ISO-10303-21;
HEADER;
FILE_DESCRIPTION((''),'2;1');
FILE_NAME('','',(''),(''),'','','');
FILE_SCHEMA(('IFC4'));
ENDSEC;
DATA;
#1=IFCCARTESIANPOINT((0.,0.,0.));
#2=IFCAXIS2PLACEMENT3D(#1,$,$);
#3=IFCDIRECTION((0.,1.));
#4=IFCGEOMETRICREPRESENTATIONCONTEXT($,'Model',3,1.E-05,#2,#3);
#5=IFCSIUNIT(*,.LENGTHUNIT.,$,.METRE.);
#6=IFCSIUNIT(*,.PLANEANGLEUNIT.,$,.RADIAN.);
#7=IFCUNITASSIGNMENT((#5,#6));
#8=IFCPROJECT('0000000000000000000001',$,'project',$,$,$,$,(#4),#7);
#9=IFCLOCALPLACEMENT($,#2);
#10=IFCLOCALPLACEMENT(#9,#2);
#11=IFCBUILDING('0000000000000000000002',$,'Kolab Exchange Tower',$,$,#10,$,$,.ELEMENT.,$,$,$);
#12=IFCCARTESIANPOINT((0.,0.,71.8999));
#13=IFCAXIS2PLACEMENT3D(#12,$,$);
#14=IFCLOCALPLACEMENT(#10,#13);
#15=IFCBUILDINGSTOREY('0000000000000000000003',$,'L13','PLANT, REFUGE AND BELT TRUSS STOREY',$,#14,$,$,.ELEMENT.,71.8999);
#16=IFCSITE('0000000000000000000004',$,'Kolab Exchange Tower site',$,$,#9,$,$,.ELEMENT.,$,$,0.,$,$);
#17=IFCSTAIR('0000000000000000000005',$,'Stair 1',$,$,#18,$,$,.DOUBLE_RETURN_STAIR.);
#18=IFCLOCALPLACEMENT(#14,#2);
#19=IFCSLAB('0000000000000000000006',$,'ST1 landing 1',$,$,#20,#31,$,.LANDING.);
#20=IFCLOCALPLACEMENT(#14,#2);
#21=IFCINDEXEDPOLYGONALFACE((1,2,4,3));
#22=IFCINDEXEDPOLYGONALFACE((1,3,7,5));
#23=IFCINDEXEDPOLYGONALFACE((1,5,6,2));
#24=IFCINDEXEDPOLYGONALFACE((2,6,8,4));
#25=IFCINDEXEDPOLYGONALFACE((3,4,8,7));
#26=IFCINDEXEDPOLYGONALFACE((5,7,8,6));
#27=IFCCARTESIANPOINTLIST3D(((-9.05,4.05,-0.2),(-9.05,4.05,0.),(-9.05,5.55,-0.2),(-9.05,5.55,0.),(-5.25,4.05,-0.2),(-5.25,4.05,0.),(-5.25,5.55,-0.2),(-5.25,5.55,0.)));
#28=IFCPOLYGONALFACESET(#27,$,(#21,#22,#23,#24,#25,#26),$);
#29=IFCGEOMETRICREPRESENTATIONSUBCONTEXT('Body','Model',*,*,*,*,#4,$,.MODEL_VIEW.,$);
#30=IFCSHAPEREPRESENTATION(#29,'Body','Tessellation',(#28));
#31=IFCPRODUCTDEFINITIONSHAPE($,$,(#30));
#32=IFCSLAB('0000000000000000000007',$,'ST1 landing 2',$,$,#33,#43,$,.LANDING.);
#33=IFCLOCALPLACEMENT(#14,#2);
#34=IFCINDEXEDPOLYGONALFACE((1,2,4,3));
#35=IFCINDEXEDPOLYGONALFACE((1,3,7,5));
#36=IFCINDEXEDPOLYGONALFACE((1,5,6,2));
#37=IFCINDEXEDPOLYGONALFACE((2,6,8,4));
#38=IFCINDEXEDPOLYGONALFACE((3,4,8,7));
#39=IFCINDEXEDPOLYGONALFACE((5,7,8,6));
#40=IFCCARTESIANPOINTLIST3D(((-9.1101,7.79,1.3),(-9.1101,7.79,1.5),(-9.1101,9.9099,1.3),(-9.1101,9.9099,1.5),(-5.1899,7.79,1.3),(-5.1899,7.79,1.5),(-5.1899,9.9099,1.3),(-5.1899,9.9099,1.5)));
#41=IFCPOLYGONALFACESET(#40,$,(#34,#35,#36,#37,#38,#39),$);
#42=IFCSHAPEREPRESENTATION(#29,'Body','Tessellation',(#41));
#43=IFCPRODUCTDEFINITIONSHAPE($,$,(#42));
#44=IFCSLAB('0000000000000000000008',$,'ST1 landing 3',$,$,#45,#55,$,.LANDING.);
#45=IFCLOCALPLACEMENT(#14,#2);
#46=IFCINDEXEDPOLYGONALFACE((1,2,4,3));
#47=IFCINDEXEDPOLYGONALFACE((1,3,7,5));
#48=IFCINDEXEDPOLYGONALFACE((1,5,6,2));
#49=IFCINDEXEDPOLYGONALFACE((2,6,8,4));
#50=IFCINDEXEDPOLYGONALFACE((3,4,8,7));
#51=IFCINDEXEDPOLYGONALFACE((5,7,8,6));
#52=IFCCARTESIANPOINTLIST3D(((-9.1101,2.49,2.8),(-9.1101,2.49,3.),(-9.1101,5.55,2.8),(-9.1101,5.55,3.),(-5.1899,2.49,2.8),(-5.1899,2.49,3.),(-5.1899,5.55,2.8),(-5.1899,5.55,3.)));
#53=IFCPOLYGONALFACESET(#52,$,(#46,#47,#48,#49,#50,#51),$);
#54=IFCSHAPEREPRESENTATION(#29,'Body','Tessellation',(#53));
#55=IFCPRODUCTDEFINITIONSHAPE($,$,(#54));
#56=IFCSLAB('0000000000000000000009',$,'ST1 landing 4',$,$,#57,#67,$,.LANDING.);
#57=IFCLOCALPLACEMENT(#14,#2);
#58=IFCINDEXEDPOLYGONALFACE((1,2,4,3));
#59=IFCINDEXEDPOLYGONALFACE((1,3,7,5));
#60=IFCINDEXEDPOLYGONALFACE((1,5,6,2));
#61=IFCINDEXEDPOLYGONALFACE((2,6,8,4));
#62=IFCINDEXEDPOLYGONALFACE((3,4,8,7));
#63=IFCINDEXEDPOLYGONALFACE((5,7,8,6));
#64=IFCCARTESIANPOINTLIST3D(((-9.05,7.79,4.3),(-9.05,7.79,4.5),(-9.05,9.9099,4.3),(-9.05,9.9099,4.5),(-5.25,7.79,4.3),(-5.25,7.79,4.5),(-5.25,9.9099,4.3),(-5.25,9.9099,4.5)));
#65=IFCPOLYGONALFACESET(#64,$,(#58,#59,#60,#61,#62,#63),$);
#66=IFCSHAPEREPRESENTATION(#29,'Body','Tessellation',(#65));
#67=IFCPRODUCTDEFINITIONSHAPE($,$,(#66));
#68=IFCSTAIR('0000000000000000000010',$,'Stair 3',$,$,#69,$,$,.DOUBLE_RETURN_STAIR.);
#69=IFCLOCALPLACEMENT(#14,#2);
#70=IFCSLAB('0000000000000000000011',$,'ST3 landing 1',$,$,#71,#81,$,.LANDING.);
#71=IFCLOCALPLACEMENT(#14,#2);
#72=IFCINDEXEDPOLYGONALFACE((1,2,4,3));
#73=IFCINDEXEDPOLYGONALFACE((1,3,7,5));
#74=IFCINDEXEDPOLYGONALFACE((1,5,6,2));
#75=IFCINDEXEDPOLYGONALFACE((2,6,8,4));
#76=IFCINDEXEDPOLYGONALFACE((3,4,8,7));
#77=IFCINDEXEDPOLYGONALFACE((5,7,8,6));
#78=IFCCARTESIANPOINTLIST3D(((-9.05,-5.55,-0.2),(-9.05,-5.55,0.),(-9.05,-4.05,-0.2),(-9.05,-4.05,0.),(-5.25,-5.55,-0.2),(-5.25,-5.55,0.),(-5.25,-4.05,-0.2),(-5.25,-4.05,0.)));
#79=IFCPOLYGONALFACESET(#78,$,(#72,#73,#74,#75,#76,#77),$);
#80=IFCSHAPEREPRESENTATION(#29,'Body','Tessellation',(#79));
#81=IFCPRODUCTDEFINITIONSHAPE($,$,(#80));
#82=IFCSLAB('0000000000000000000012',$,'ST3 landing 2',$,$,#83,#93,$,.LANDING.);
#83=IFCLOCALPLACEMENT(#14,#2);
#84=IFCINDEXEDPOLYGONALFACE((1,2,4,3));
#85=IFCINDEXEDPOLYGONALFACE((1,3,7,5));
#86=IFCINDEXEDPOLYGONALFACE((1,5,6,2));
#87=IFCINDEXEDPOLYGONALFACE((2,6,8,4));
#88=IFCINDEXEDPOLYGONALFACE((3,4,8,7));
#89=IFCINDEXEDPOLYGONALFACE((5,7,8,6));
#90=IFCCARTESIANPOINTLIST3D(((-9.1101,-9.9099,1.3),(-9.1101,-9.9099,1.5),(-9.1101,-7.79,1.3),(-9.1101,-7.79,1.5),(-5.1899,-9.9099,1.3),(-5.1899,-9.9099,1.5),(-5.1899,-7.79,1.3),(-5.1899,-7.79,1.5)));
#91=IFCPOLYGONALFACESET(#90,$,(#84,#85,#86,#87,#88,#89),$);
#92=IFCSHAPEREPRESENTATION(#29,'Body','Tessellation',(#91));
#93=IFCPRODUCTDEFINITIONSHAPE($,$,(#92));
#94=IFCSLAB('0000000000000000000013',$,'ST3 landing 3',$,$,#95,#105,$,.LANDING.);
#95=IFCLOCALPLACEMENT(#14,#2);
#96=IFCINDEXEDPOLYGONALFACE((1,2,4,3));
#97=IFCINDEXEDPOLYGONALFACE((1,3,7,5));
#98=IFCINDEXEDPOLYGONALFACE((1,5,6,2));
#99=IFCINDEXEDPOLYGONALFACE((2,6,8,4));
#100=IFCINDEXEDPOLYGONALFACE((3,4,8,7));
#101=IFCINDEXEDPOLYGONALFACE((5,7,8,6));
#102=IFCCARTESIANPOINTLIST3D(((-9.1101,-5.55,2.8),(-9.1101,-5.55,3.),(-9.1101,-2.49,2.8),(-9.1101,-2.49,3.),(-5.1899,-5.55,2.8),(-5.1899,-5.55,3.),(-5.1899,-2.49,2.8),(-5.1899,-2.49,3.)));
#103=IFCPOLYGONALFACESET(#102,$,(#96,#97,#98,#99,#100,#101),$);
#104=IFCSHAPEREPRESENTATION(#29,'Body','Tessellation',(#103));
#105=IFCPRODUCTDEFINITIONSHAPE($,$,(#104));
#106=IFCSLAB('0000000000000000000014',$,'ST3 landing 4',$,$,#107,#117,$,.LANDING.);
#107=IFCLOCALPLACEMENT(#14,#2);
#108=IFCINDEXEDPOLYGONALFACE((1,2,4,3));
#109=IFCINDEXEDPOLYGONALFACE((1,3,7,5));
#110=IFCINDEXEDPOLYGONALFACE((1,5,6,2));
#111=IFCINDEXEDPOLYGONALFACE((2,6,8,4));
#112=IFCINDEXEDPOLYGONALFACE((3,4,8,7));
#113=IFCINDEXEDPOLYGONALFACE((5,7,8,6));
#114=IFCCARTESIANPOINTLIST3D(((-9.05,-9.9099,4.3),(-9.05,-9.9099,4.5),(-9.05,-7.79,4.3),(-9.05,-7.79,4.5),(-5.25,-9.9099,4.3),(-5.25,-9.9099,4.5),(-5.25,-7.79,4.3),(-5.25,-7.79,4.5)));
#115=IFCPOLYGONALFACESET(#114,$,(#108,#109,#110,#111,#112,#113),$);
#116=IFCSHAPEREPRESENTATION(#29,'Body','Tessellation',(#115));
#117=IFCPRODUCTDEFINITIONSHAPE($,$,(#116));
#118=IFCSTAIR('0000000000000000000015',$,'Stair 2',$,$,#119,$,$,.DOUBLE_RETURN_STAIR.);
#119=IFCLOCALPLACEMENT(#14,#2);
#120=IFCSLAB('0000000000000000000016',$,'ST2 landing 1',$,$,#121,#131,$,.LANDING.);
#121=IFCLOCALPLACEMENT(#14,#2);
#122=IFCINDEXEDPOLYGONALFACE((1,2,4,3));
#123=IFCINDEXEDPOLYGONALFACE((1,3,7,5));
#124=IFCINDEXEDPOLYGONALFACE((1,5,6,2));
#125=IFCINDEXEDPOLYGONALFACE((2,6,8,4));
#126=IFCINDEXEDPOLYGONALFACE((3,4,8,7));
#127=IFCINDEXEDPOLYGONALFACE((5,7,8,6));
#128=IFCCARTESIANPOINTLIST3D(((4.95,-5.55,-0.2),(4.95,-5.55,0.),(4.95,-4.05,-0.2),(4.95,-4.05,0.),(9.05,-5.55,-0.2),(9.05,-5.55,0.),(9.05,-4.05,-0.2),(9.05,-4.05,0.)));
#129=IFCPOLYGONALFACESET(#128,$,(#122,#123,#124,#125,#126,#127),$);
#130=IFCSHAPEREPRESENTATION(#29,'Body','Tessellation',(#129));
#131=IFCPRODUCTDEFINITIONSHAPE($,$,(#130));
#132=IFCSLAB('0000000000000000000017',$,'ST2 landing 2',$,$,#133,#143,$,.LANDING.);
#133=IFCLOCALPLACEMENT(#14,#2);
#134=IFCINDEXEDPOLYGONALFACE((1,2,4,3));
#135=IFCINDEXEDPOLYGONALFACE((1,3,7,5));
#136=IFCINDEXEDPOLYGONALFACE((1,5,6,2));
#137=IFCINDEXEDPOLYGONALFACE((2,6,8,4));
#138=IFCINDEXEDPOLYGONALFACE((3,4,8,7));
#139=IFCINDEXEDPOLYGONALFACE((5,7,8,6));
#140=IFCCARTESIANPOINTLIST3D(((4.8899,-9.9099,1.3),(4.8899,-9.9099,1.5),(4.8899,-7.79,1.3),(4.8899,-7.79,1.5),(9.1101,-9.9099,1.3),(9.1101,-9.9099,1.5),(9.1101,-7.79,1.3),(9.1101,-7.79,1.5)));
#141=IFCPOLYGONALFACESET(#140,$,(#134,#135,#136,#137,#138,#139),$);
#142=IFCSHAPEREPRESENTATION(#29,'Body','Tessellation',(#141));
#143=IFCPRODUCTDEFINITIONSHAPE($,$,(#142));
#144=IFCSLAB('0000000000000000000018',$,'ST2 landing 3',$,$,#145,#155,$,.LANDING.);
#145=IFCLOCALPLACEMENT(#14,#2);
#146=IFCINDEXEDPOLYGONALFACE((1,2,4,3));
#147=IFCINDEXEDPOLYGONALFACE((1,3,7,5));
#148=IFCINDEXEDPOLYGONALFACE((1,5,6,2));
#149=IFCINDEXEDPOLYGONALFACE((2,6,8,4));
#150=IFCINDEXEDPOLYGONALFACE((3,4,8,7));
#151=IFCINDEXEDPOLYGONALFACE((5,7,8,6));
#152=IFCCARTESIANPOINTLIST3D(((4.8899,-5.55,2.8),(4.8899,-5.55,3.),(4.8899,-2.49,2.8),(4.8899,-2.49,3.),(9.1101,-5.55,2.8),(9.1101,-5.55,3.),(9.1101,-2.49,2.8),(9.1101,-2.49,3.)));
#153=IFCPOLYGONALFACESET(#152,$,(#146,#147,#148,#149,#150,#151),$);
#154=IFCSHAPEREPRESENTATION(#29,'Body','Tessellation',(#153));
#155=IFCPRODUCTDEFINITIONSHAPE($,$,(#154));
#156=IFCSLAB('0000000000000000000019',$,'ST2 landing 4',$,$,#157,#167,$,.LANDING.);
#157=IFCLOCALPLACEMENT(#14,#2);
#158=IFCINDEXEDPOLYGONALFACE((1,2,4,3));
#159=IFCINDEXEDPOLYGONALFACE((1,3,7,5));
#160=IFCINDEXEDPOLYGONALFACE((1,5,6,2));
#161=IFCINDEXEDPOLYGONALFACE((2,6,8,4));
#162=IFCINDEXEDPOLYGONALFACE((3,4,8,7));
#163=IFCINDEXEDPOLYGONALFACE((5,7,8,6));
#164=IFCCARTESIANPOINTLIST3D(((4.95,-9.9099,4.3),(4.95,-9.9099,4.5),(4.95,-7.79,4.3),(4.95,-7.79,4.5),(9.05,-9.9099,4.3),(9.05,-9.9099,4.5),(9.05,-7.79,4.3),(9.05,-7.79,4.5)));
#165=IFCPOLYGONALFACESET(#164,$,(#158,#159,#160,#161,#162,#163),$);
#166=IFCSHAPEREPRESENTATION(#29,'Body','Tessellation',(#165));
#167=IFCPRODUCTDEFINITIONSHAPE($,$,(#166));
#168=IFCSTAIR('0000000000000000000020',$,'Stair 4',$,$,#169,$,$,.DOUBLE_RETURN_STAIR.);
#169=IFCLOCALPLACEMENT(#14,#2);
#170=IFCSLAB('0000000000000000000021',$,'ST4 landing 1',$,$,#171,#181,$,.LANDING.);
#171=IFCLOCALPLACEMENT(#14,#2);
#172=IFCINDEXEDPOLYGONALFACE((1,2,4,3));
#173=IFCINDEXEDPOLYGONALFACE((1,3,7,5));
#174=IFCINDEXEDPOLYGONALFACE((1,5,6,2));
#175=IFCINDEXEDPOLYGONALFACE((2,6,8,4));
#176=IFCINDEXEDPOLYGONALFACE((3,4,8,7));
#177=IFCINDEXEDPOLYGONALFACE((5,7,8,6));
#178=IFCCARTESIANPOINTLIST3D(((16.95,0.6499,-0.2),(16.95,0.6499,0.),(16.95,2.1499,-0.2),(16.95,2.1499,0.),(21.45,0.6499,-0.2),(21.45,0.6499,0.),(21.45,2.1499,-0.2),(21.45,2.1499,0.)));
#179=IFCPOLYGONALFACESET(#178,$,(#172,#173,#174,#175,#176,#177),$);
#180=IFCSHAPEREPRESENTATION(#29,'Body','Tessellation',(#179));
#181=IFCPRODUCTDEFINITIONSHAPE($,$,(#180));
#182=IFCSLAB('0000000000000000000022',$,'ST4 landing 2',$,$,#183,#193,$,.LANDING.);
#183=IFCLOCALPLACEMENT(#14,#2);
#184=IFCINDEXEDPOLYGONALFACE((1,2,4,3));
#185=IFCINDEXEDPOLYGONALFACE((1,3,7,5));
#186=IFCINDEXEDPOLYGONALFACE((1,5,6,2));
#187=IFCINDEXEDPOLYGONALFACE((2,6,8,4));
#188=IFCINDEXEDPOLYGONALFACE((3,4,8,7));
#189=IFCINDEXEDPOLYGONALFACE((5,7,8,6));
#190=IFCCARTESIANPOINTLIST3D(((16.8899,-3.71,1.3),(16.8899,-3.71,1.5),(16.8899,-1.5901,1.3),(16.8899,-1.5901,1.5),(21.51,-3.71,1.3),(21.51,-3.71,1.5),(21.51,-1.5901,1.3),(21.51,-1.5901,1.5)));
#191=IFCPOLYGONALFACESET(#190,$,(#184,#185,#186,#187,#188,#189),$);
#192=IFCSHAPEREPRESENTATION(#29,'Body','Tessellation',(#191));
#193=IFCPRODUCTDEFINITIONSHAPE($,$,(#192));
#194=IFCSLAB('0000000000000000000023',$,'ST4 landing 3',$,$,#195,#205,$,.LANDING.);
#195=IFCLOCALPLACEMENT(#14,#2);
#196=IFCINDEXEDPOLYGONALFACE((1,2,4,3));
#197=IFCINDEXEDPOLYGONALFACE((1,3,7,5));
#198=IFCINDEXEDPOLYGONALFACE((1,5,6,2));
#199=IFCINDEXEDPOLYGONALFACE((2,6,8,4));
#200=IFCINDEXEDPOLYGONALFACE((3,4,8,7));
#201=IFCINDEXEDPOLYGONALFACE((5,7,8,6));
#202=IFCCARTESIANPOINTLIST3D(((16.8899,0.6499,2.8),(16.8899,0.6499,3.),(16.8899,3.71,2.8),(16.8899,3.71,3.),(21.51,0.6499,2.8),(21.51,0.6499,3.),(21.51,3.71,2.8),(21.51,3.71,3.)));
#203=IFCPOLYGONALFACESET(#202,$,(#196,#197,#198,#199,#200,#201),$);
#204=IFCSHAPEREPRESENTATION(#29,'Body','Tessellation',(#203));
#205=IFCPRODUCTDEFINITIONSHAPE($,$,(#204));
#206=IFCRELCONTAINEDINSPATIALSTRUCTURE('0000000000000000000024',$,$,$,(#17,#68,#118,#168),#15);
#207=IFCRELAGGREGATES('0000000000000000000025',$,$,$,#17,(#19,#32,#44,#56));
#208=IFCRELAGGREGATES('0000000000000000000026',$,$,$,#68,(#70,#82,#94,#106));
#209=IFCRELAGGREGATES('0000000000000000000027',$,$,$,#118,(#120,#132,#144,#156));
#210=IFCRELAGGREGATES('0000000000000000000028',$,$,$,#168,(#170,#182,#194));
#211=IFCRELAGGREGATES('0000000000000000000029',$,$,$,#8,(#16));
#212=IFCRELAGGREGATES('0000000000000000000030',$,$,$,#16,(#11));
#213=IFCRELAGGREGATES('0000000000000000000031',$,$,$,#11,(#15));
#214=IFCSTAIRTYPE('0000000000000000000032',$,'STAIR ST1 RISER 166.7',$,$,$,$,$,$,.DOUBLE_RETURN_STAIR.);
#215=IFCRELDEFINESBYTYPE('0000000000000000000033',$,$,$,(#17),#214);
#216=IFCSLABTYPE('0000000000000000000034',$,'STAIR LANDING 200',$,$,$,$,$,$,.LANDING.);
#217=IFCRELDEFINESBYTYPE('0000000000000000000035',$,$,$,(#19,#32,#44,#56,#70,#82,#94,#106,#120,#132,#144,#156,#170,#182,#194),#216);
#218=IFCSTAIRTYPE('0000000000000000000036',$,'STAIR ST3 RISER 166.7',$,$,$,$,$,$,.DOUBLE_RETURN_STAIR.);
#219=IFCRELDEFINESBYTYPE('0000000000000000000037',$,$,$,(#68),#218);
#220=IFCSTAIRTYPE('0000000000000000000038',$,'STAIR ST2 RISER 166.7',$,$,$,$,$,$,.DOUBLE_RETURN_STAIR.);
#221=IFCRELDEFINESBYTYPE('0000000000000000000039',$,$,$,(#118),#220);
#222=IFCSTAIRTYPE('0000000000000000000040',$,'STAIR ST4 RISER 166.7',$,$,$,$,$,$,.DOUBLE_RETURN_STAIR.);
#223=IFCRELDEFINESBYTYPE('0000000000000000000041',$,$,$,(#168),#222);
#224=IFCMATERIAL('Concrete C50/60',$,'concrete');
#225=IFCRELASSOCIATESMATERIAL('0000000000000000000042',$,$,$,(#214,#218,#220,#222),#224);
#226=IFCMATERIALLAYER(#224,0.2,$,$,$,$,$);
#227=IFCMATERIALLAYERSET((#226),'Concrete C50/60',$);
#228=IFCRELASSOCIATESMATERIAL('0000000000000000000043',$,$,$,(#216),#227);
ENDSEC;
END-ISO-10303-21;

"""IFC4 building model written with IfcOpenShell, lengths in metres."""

from ifc_helpers import new_model, si_unit, direction, frame, origin, place, context, subcontext, project, spatial, polyline, outline, extrude, material, layer, layer_set, type_object, element, aggregate, save


model = new_model("IFC4")

# Units and contexts
model_context = context("Model", 3, precision=1e-05, world=origin(), true_north=direction((0.0, 1.0)))
body_context = subcontext(model_context, "Body", "Model", "MODEL_VIEW")
ifc_project = project(units=[si_unit("LENGTHUNIT", "METRE"), si_unit("PLANEANGLEUNIT", "RADIAN")], contexts=[model_context])

# Site, building, storey
site_placement = place(None, origin())
site = spatial("IfcSite", under=ifc_project, at=site_placement, Name="Kolab Exchange Tower site", CompositionType="ELEMENT", RefElevation=0.0)
building_placement = place(site_placement, origin())
building = spatial("IfcBuilding", under=site, at=building_placement, Name="Kolab Exchange Tower", CompositionType="ELEMENT")
storey_placement = place(building_placement, frame((0.0, 0.0, 71.8999)))
storey = spatial("IfcBuildingStorey", under=building, at=storey_placement, Name="L13", Description="PLANT, REFUGE AND BELT TRUSS STOREY", CompositionType="ELEMENT", Elevation=71.8999)

# Stairs, slabs
ifc_material_1 = material(Name="Concrete C50/60", Category="concrete")
stair_type_1 = type_object("IfcStairType", Name="STAIR ST1 RISER 166.7", PredefinedType="DOUBLE_RETURN_STAIR", material=ifc_material_1)
stair_1_placement = place(storey_placement, origin())
stair_1 = element("IfcStair", 1, at=stair_1_placement, inside=storey, type_object=stair_type_1, Name="Stair 1", PredefinedType="DOUBLE_RETURN_STAIR")
ifc_layer_1 = layer(ifc_material_1, 0.2)
ifc_layer_set_1 = layer_set([ifc_layer_1], Name="Concrete C50/60")
slab_type = type_object("IfcSlabType", Name="STAIR LANDING 200", PredefinedType="LANDING", material=ifc_layer_set_1)
slab_1_placement = place(storey_placement, frame((0.0, 0.0, -0.2)))
slab_1 = element("IfcSlab", 2, at=slab_1_placement, type_object=slab_type, Name="ST1 landing 1", PredefinedType="LANDING", context=body_context, shape_type="SweptSolid", body=[
    extrude(outline(polyline([(-9.05, 4.05), (-5.25, 4.05), (-5.25, 5.55), (-9.05, 5.55), (-9.05, 4.05)])), origin(), (0.0, 0.0, 1.0), 0.2),
])
slab_2_placement = place(storey_placement, frame((0.0, 0.0, 1.3)))
slab_2 = element("IfcSlab", 3, at=slab_2_placement, type_object=slab_type, Name="ST1 landing 2", PredefinedType="LANDING", context=body_context, shape_type="SweptSolid", body=[
    extrude(outline(polyline([(-9.1101, 7.79), (-5.1899, 7.79), (-5.1899, 9.9099), (-9.1101, 9.9099), (-9.1101, 7.79)])), origin(), (0.0, 0.0, 1.0), 0.2),
])
slab_3_placement = place(storey_placement, frame((0.0, 0.0, 2.8)))
slab_3 = element("IfcSlab", 4, at=slab_3_placement, type_object=slab_type, Name="ST1 landing 3", PredefinedType="LANDING", context=body_context, shape_type="SweptSolid", body=[
    extrude(outline(polyline([(-9.1101, 2.49), (-5.1899, 2.49), (-5.1899, 5.55), (-9.1101, 5.55), (-9.1101, 2.49)])), origin(), (0.0, 0.0, 1.0), 0.2),
])
slab_4_placement = place(storey_placement, frame((0.0, 0.0, 4.3)))
slab_4 = element("IfcSlab", 5, at=slab_4_placement, type_object=slab_type, Name="ST1 landing 4", PredefinedType="LANDING", context=body_context, shape_type="SweptSolid", body=[
    extrude(outline(polyline([(-9.05, 7.79), (-5.25, 7.79), (-5.25, 9.9099), (-9.05, 9.9099), (-9.05, 7.79)])), origin(), (0.0, 0.0, 1.0), 0.2),
])
aggregate(stair_1, [slab_1, slab_2, slab_3, slab_4])
stair_type_2 = type_object("IfcStairType", Name="STAIR ST3 RISER 166.7", PredefinedType="DOUBLE_RETURN_STAIR", material=ifc_material_1)
stair_2_placement = place(storey_placement, origin())
stair_2 = element("IfcStair", 6, at=stair_2_placement, inside=storey, type_object=stair_type_2, Name="Stair 3", PredefinedType="DOUBLE_RETURN_STAIR")
slab_5_placement = place(storey_placement, frame((0.0, 0.0, -0.2)))
slab_5 = element("IfcSlab", 7, at=slab_5_placement, type_object=slab_type, Name="ST3 landing 1", PredefinedType="LANDING", context=body_context, shape_type="SweptSolid", body=[
    extrude(outline(polyline([(-9.05, -5.55), (-5.25, -5.55), (-5.25, -4.05), (-9.05, -4.05), (-9.05, -5.55)])), origin(), (0.0, 0.0, 1.0), 0.2),
])
slab_6_placement = place(storey_placement, frame((0.0, 0.0, 1.3)))
slab_6 = element("IfcSlab", 8, at=slab_6_placement, type_object=slab_type, Name="ST3 landing 2", PredefinedType="LANDING", context=body_context, shape_type="SweptSolid", body=[
    extrude(outline(polyline([(-9.1101, -9.9099), (-5.1899, -9.9099), (-5.1899, -7.79), (-9.1101, -7.79), (-9.1101, -9.9099)])), origin(), (0.0, 0.0, 1.0), 0.2),
])
slab_7_placement = place(storey_placement, frame((0.0, 0.0, 2.8)))
slab_7 = element("IfcSlab", 9, at=slab_7_placement, type_object=slab_type, Name="ST3 landing 3", PredefinedType="LANDING", context=body_context, shape_type="SweptSolid", body=[
    extrude(outline(polyline([(-9.1101, -5.55), (-5.1899, -5.55), (-5.1899, -2.49), (-9.1101, -2.49), (-9.1101, -5.55)])), origin(), (0.0, 0.0, 1.0), 0.2),
])
slab_8_placement = place(storey_placement, frame((0.0, 0.0, 4.3)))
slab_8 = element("IfcSlab", 10, at=slab_8_placement, type_object=slab_type, Name="ST3 landing 4", PredefinedType="LANDING", context=body_context, shape_type="SweptSolid", body=[
    extrude(outline(polyline([(-9.05, -9.9099), (-5.25, -9.9099), (-5.25, -7.79), (-9.05, -7.79), (-9.05, -9.9099)])), origin(), (0.0, 0.0, 1.0), 0.2),
])
aggregate(stair_2, [slab_5, slab_6, slab_7, slab_8])
stair_type_3 = type_object("IfcStairType", Name="STAIR ST2 RISER 166.7", PredefinedType="DOUBLE_RETURN_STAIR", material=ifc_material_1)
stair_3_placement = place(storey_placement, origin())
stair_3 = element("IfcStair", 11, at=stair_3_placement, inside=storey, type_object=stair_type_3, Name="Stair 2", PredefinedType="DOUBLE_RETURN_STAIR")
slab_9_placement = place(storey_placement, frame((0.0, 0.0, -0.2)))
slab_9 = element("IfcSlab", 12, at=slab_9_placement, type_object=slab_type, Name="ST2 landing 1", PredefinedType="LANDING", context=body_context, shape_type="SweptSolid", body=[
    extrude(outline(polyline([(4.95, -5.55), (9.05, -5.55), (9.05, -4.05), (4.95, -4.05), (4.95, -5.55)])), origin(), (0.0, 0.0, 1.0), 0.2),
])
slab_10_placement = place(storey_placement, frame((0.0, 0.0, 1.3)))
slab_10 = element("IfcSlab", 13, at=slab_10_placement, type_object=slab_type, Name="ST2 landing 2", PredefinedType="LANDING", context=body_context, shape_type="SweptSolid", body=[
    extrude(outline(polyline([(4.8899, -9.9099), (9.1101, -9.9099), (9.1101, -7.79), (4.8899, -7.79), (4.8899, -9.9099)])), origin(), (0.0, 0.0, 1.0), 0.2),
])
slab_11_placement = place(storey_placement, frame((0.0, 0.0, 2.8)))
slab_11 = element("IfcSlab", 14, at=slab_11_placement, type_object=slab_type, Name="ST2 landing 3", PredefinedType="LANDING", context=body_context, shape_type="SweptSolid", body=[
    extrude(outline(polyline([(4.8899, -5.55), (9.1101, -5.55), (9.1101, -2.49), (4.8899, -2.49), (4.8899, -5.55)])), origin(), (0.0, 0.0, 1.0), 0.2),
])
slab_12_placement = place(storey_placement, frame((0.0, 0.0, 4.3)))
slab_12 = element("IfcSlab", 15, at=slab_12_placement, type_object=slab_type, Name="ST2 landing 4", PredefinedType="LANDING", context=body_context, shape_type="SweptSolid", body=[
    extrude(outline(polyline([(4.95, -9.9099), (9.05, -9.9099), (9.05, -7.79), (4.95, -7.79), (4.95, -9.9099)])), origin(), (0.0, 0.0, 1.0), 0.2),
])
aggregate(stair_3, [slab_9, slab_10, slab_11, slab_12])
stair_type_4 = type_object("IfcStairType", Name="STAIR ST4 RISER 166.7", PredefinedType="DOUBLE_RETURN_STAIR", material=ifc_material_1)
stair_4_placement = place(storey_placement, origin())
stair_4 = element("IfcStair", 16, at=stair_4_placement, inside=storey, type_object=stair_type_4, Name="Stair 4", PredefinedType="DOUBLE_RETURN_STAIR")
slab_13_placement = place(storey_placement, frame((0.0, 0.0, -0.2)))
slab_13 = element("IfcSlab", 17, at=slab_13_placement, type_object=slab_type, Name="ST4 landing 1", PredefinedType="LANDING", context=body_context, shape_type="SweptSolid", body=[
    extrude(outline(polyline([(16.95, 0.6499), (21.45, 0.6499), (21.45, 2.1499), (16.95, 2.1499), (16.95, 0.6499)])), origin(), (0.0, 0.0, 1.0), 0.2),
])
slab_14_placement = place(storey_placement, frame((0.0, 0.0, 1.3)))
slab_14 = element("IfcSlab", 18, at=slab_14_placement, type_object=slab_type, Name="ST4 landing 2", PredefinedType="LANDING", context=body_context, shape_type="SweptSolid", body=[
    extrude(outline(polyline([(16.8899, -3.71), (21.51, -3.71), (21.51, -1.5901), (16.8899, -1.5901), (16.8899, -3.71)])), origin(), (0.0, 0.0, 1.0), 0.2),
])
slab_15_placement = place(storey_placement, frame((0.0, 0.0, 2.8)))
slab_15 = element("IfcSlab", 19, at=slab_15_placement, type_object=slab_type, Name="ST4 landing 3", PredefinedType="LANDING", context=body_context, shape_type="SweptSolid", body=[
    extrude(outline(polyline([(16.8899, 0.6499), (21.51, 0.6499), (21.51, 3.71), (16.8899, 3.71), (16.8899, 0.6499)])), origin(), (0.0, 0.0, 1.0), 0.2),
])
aggregate(stair_4, [slab_13, slab_14, slab_15])

save(model, "model.ifc")
